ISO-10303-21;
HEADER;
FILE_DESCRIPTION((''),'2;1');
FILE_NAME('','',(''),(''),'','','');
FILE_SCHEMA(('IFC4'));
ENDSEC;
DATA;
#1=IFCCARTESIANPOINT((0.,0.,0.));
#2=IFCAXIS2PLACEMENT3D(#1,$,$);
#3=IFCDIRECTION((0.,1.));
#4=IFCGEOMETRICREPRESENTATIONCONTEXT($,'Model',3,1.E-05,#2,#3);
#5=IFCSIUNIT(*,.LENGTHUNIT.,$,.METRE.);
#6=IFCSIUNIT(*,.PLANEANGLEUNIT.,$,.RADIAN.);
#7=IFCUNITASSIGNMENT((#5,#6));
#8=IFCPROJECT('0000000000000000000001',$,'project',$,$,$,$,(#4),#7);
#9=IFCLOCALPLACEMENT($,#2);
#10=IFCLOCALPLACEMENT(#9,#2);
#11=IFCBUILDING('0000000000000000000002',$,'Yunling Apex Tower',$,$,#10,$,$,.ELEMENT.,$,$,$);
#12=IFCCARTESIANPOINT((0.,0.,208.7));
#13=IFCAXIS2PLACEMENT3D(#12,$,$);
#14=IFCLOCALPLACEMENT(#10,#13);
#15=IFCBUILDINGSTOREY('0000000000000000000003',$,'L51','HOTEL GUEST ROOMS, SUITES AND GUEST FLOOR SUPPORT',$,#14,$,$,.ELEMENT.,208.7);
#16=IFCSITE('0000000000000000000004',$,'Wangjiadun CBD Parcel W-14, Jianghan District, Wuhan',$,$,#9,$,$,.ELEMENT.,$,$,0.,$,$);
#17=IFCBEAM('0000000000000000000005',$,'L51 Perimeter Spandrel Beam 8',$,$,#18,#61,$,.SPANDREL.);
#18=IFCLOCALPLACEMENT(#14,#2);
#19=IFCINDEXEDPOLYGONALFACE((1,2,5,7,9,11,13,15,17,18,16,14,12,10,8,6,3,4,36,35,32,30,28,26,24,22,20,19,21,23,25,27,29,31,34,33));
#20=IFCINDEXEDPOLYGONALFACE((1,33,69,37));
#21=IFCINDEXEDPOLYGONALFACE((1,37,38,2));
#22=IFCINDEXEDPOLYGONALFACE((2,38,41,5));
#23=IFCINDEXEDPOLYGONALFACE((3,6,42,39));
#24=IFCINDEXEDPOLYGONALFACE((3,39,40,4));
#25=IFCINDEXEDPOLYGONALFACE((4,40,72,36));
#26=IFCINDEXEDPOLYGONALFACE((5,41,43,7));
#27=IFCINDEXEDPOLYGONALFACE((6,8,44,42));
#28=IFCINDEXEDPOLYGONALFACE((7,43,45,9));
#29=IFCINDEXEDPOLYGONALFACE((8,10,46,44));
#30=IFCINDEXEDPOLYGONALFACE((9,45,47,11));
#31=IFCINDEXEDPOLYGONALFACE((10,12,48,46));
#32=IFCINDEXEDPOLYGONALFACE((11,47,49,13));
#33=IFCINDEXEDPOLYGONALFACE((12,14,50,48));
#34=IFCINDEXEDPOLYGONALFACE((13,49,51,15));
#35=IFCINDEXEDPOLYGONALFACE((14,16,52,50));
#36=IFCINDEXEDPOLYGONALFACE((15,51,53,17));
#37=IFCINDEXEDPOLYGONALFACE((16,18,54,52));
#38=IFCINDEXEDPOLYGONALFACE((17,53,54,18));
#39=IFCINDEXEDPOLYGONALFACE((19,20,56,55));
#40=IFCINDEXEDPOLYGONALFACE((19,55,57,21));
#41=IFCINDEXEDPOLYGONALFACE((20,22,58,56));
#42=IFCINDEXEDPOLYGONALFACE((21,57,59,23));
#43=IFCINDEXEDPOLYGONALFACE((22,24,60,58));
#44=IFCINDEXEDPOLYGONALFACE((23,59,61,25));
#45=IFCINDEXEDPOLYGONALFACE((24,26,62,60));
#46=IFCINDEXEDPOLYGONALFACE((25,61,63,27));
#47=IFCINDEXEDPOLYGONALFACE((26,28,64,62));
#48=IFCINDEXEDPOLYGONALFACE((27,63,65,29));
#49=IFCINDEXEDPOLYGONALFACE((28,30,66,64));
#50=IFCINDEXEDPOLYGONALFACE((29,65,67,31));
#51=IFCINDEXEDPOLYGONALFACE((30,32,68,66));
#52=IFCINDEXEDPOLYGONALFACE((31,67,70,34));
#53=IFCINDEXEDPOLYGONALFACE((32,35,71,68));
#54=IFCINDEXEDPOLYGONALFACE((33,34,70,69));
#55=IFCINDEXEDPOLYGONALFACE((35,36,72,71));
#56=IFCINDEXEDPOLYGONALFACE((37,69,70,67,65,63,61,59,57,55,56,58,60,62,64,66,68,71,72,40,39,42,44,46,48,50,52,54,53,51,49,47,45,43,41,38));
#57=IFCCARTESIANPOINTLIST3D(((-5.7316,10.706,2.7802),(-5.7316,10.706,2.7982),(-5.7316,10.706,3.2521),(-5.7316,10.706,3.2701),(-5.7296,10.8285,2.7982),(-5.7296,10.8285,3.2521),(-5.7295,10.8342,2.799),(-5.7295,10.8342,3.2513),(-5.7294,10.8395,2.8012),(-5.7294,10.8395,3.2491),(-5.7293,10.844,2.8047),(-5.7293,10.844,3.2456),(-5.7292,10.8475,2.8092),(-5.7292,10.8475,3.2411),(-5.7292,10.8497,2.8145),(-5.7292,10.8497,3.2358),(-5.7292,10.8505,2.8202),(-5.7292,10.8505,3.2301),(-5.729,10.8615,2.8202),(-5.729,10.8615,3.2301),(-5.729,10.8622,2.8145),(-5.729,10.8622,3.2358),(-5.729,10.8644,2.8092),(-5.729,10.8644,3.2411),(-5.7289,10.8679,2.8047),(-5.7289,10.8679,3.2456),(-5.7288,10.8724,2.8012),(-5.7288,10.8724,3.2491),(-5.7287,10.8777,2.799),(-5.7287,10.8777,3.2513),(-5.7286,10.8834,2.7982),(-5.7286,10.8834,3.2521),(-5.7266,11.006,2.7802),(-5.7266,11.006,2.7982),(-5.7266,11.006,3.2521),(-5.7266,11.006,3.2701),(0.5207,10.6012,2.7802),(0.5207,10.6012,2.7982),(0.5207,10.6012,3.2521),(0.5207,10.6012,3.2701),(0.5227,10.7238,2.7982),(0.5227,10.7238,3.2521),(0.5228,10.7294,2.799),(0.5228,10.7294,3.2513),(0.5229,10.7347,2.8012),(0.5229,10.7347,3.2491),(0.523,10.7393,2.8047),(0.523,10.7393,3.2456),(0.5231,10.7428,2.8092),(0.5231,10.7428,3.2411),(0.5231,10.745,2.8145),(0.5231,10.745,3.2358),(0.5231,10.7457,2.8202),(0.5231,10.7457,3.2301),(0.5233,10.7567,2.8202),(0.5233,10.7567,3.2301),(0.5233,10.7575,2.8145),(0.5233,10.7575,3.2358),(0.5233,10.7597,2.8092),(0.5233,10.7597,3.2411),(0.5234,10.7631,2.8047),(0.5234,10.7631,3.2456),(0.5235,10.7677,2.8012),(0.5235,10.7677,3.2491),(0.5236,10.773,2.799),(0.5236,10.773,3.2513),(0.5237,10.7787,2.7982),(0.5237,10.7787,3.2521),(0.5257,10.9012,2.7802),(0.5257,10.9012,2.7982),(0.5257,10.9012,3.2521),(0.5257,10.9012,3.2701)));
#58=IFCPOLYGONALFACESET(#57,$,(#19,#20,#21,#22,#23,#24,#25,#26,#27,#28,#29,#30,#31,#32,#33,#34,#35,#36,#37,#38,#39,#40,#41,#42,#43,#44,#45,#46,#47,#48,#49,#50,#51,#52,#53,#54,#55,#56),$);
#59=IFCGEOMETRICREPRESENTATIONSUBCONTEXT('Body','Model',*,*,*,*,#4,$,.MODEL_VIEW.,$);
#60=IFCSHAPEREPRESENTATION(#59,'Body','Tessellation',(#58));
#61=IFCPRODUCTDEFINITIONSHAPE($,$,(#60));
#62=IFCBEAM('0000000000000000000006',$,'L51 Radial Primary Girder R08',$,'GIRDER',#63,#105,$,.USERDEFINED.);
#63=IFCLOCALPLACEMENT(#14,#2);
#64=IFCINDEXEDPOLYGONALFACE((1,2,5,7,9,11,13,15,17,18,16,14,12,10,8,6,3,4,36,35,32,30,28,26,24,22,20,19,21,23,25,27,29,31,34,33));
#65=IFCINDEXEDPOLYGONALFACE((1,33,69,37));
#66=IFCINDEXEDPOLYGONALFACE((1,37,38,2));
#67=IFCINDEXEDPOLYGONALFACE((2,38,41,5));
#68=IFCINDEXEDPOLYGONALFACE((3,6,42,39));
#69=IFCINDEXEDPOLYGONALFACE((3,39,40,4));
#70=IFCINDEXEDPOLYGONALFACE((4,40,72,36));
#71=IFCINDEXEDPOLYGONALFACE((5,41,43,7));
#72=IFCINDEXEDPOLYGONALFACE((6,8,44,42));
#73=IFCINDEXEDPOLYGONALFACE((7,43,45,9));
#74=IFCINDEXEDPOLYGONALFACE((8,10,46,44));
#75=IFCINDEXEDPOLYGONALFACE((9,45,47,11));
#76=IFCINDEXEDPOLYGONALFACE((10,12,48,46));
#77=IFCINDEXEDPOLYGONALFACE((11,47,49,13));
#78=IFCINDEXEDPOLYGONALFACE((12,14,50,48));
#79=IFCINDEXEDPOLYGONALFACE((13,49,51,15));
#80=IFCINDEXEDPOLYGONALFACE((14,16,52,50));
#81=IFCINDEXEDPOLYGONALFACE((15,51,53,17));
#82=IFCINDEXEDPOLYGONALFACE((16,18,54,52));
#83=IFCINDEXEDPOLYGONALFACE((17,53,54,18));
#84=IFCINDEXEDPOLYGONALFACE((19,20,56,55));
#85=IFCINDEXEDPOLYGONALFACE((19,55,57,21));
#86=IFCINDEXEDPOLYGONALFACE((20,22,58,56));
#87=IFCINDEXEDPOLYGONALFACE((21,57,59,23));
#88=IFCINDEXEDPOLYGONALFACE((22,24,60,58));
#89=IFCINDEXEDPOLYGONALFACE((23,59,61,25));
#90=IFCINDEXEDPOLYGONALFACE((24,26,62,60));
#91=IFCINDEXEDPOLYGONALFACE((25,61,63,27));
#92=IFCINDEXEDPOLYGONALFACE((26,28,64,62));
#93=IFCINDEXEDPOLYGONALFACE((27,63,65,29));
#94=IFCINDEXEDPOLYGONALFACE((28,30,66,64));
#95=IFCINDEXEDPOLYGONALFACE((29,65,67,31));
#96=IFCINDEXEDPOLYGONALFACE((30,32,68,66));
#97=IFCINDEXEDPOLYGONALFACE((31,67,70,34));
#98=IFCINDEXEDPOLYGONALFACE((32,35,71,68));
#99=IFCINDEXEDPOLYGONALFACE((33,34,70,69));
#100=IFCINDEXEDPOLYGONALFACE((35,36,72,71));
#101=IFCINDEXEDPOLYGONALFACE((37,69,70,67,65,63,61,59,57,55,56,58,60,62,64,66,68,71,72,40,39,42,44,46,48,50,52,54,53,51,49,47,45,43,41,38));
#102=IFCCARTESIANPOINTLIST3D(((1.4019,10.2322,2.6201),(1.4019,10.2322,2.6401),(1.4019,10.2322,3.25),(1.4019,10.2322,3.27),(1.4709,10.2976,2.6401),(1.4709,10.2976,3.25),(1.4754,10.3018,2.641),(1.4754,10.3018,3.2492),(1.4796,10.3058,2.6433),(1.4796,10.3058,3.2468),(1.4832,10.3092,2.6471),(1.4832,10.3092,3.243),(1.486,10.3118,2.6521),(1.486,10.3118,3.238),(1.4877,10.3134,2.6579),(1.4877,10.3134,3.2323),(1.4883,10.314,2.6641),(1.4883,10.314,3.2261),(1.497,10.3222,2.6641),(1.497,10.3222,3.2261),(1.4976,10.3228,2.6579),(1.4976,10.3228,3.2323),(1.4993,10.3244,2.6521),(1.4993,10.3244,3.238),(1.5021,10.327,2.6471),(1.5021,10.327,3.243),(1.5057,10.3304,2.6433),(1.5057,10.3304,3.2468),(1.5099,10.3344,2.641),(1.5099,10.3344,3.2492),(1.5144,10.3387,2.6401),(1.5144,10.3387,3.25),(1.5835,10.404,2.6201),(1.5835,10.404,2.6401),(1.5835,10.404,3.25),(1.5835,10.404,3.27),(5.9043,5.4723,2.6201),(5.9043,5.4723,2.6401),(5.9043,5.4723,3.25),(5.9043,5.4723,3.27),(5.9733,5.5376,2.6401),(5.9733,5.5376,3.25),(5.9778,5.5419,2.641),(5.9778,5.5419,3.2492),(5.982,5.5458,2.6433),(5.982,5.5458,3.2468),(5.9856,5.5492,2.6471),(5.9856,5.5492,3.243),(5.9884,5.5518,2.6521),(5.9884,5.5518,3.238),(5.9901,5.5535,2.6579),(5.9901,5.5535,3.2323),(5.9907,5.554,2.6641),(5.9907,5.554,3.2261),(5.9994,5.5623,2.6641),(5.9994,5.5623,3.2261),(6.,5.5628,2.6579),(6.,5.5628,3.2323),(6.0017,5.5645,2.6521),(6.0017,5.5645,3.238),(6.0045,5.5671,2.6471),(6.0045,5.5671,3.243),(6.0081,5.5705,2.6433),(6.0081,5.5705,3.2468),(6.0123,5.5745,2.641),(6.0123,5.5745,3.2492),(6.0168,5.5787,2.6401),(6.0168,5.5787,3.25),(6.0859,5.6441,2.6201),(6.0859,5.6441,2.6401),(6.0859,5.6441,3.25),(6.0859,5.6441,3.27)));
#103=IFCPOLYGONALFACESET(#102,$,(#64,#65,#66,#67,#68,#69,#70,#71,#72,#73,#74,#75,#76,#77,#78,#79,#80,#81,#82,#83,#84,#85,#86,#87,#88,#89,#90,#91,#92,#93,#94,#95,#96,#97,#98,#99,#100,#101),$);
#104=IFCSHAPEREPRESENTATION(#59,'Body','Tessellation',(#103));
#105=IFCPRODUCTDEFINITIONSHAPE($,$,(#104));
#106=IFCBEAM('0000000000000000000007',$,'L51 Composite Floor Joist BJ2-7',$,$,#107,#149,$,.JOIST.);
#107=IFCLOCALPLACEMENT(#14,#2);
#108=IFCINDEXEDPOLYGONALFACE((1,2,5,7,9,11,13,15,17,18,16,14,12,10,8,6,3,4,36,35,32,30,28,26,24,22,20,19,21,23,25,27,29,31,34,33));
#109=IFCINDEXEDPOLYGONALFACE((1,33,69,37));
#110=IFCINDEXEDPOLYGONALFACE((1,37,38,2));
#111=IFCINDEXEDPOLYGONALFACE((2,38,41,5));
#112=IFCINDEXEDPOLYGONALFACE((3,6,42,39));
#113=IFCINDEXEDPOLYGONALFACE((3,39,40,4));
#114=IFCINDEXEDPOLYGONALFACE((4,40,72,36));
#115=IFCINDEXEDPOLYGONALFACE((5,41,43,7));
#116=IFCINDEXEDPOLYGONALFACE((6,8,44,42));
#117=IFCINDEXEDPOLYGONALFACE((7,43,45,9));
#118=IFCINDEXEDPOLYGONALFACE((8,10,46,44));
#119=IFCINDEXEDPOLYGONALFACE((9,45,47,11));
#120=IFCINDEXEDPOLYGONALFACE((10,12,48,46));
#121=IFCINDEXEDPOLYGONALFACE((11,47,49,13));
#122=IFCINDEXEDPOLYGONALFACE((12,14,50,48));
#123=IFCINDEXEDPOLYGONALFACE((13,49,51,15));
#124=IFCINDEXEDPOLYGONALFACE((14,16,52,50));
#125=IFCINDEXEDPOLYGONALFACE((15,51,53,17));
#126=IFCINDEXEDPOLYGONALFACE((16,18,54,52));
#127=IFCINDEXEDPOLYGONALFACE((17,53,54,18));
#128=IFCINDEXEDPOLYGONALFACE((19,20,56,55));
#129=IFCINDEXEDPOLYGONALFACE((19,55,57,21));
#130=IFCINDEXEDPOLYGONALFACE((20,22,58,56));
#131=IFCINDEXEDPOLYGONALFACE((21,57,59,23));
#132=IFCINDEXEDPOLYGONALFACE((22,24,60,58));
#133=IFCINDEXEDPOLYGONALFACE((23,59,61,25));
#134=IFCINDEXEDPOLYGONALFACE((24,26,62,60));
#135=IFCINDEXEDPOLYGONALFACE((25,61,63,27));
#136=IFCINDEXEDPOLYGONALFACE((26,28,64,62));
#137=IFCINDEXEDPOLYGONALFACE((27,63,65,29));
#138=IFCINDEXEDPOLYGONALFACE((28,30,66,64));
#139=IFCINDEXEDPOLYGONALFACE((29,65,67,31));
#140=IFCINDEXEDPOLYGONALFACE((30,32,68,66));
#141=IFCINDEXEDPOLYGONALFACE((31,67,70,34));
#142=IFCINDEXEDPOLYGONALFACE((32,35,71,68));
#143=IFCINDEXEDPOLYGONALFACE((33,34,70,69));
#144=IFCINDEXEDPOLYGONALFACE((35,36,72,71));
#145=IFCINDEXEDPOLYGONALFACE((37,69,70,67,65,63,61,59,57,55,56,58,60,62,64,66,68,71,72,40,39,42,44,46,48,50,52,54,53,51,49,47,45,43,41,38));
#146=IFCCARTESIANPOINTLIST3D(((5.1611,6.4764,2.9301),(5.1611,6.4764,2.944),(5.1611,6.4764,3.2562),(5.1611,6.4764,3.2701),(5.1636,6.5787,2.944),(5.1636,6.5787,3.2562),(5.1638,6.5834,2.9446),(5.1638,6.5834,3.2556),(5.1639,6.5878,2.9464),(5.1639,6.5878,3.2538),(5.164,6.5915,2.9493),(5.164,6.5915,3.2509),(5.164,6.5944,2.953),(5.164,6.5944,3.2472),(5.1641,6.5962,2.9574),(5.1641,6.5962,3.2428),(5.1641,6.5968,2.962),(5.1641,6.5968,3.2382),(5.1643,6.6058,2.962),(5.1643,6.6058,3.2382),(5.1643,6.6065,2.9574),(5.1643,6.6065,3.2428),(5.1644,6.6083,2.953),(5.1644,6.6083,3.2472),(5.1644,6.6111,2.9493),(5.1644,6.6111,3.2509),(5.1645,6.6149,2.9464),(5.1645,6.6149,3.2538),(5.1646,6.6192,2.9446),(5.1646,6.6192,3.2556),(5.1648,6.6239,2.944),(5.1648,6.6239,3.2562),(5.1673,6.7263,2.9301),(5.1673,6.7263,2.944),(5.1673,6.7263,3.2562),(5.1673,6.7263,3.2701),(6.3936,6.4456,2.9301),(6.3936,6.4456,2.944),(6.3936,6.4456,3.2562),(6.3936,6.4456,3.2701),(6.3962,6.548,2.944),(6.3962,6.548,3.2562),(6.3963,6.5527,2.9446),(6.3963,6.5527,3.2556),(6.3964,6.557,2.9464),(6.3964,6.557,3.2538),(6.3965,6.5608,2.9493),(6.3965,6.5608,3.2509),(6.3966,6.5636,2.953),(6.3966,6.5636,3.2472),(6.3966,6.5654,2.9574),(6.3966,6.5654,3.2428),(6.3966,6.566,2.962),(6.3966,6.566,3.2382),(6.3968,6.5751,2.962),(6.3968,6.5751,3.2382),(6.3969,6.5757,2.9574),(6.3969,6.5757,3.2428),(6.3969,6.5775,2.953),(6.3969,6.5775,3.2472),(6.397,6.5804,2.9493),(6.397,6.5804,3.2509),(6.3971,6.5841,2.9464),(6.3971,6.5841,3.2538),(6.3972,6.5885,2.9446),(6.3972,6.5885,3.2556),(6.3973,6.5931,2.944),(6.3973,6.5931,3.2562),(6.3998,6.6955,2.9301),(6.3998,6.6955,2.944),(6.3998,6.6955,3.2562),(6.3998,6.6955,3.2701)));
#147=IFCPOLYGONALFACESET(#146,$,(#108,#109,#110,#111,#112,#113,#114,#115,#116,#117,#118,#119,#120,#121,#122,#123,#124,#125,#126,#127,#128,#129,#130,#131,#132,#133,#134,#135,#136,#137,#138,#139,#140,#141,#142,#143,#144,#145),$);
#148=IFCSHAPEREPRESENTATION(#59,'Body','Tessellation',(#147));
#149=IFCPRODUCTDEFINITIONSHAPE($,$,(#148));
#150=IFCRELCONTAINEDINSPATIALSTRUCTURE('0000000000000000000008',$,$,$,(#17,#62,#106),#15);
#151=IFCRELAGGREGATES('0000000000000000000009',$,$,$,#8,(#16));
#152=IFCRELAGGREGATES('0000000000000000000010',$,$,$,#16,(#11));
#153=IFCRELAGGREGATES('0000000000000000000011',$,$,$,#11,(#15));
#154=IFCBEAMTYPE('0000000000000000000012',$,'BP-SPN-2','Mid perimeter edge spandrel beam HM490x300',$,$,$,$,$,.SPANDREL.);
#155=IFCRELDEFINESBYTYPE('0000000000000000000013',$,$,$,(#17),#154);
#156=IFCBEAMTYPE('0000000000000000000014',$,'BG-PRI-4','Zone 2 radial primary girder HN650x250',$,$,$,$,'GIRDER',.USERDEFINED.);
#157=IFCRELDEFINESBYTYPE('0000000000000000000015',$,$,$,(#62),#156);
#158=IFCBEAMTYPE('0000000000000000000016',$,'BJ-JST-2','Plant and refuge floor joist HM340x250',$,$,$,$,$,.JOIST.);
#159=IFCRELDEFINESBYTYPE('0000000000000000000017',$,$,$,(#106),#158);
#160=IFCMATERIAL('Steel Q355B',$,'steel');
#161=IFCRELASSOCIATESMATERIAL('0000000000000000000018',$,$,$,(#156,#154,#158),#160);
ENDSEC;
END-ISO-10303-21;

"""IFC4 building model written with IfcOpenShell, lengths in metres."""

from ifc_helpers import new_model, si_unit, direction, frame, origin, origin_2d, place, context, subcontext, project, spatial, i_section, extrude, source, transform, mapped, material, material_profile, profile_set, type_object, element, save


model = new_model("IFC4")

# Units and contexts
model_context = context("Model", 3, precision=1e-05, world=origin(), true_north=direction((0.0, 1.0)))
body_context = subcontext(model_context, "Body", "Model", "MODEL_VIEW")
ifc_project = project(units=[si_unit("LENGTHUNIT", "METRE"), si_unit("PLANEANGLEUNIT", "RADIAN")], contexts=[model_context])

# Site, building, storey
site_placement = place(None, origin())
site = spatial("IfcSite", under=ifc_project, at=site_placement, Name="Wangjiadun CBD Parcel W-14, Jianghan District, Wuhan", CompositionType="ELEMENT", RefElevation=0.0)
building_placement = place(site_placement, origin())
building = spatial("IfcBuilding", under=site, at=building_placement, Name="Yunling Apex Tower", CompositionType="ELEMENT")
storey_placement = place(building_placement, frame((0.0, 0.0, 208.7)))
storey = spatial("IfcBuildingStorey", under=building, at=storey_placement, Name="L51", Description="HOTEL GUEST ROOMS, SUITES AND GUEST FLOOR SUPPORT", CompositionType="ELEMENT", Elevation=208.7)

# Beams
ifc_material_1 = material(Name="Steel Q355B", Category="steel")
ifc_material_profile_1 = material_profile(ifc_material_1, i_section(OverallWidth=0.25, OverallDepth=0.6499, WebThickness=0.012, FlangeThickness=0.02, FilletRadius=0.0239, at=origin_2d()))
ifc_profile_set_1 = profile_set([ifc_material_profile_1], Name="Steel Q355B")
beam_type_1 = type_object("IfcBeamType", Name="BG-PRI-4", Description="Zone 2 radial primary girder HN650x250", ElementType="GIRDER", PredefinedType="USERDEFINED", material=ifc_profile_set_1)
ifc_material_profile_2 = material_profile(ifc_material_1, i_section(OverallWidth=0.3, OverallDepth=0.49, WebThickness=0.011, FlangeThickness=0.0181, FilletRadius=0.022, at=origin_2d()))
ifc_profile_set_2 = profile_set([ifc_material_profile_2], Name="Steel Q355B")
beam_type_2 = type_object("IfcBeamType", Name="BP-SPN-2", Description="Mid perimeter edge spandrel beam HM490x300", PredefinedType="SPANDREL", material=ifc_profile_set_2)
shared_shape_1 = source(origin(), body_context, "Body", "SweptSolid", [
    extrude(i_section(OverallWidth=0.3, OverallDepth=0.49, WebThickness=0.011, FlangeThickness=0.0181, FilletRadius=0.022, at=origin_2d()), origin(), (0.0, 0.0, 1.0), 6.2532),
])
beam_1_placement = place(storey_placement, frame((0.5232, 10.7512, 3.0251), z_axis=(-0.99986, 0.01675, 0.0), x_axis=(-0.01675, -0.99986, 0.0)))
element("IfcBeam", 1, at=beam_1_placement, inside=storey, type_object=beam_type_2, Name="L51 Perimeter Spandrel Beam 8", PredefinedType="SPANDREL", context=body_context, shape_type="MappedRepresentation", body=[
    mapped(shared_shape_1, transform((0.0, 0.0, 0.0), scale=1.0)),
])
shared_shape_2 = source(origin(), body_context, "Body", "SweptSolid", [
    extrude(i_section(OverallWidth=0.25, OverallDepth=0.6499, WebThickness=0.012, FlangeThickness=0.02, FilletRadius=0.0239, at=origin_2d()), origin(), (0.0, 0.0, 1.0), 6.552),
])
beam_2_placement = place(storey_placement, frame((1.4927, 10.3181, 2.9451), z_axis=(0.687178, -0.726489, 0.0), x_axis=(0.726489, 0.687178, 0.0)))
element("IfcBeam", 2, at=beam_2_placement, inside=storey, type_object=beam_type_1, Name="L51 Radial Primary Girder R08", ObjectType="GIRDER", PredefinedType="USERDEFINED", context=body_context, shape_type="MappedRepresentation", body=[
    mapped(shared_shape_2, transform((0.0, 0.0, 0.0), scale=1.0)),
])
ifc_material_profile_3 = material_profile(ifc_material_1, i_section(OverallWidth=0.25, OverallDepth=0.3401, WebThickness=0.009, FlangeThickness=0.0139, FilletRadius=0.0181, at=origin_2d()))
ifc_profile_set_3 = profile_set([ifc_material_profile_3], Name="Steel Q355B")
beam_type_3 = type_object("IfcBeamType", Name="BJ-JST-2", Description="Plant and refuge floor joist HM340x250", PredefinedType="JOIST", material=ifc_profile_set_3)
shared_shape_3 = source(origin(), body_context, "Body", "SweptSolid", [
    extrude(i_section(OverallWidth=0.25, OverallDepth=0.3401, WebThickness=0.009, FlangeThickness=0.0139, FilletRadius=0.0181, at=origin_2d()), origin(), (0.0, 0.0, 1.0), 1.2329),
])
beam_3_placement = place(storey_placement, frame((6.3967, 6.5706, 3.1001), z_axis=(-0.999689, 0.024953, 0.0), x_axis=(-0.024953, -0.999689, 0.0)))
element("IfcBeam", 3, at=beam_3_placement, inside=storey, type_object=beam_type_3, Name="L51 Composite Floor Joist BJ2-7", PredefinedType="JOIST", context=body_context, shape_type="MappedRepresentation", body=[
    mapped(shared_shape_3, transform((0.0, 0.0, 0.0), scale=1.0)),
])

save(model, "model.ifc")
